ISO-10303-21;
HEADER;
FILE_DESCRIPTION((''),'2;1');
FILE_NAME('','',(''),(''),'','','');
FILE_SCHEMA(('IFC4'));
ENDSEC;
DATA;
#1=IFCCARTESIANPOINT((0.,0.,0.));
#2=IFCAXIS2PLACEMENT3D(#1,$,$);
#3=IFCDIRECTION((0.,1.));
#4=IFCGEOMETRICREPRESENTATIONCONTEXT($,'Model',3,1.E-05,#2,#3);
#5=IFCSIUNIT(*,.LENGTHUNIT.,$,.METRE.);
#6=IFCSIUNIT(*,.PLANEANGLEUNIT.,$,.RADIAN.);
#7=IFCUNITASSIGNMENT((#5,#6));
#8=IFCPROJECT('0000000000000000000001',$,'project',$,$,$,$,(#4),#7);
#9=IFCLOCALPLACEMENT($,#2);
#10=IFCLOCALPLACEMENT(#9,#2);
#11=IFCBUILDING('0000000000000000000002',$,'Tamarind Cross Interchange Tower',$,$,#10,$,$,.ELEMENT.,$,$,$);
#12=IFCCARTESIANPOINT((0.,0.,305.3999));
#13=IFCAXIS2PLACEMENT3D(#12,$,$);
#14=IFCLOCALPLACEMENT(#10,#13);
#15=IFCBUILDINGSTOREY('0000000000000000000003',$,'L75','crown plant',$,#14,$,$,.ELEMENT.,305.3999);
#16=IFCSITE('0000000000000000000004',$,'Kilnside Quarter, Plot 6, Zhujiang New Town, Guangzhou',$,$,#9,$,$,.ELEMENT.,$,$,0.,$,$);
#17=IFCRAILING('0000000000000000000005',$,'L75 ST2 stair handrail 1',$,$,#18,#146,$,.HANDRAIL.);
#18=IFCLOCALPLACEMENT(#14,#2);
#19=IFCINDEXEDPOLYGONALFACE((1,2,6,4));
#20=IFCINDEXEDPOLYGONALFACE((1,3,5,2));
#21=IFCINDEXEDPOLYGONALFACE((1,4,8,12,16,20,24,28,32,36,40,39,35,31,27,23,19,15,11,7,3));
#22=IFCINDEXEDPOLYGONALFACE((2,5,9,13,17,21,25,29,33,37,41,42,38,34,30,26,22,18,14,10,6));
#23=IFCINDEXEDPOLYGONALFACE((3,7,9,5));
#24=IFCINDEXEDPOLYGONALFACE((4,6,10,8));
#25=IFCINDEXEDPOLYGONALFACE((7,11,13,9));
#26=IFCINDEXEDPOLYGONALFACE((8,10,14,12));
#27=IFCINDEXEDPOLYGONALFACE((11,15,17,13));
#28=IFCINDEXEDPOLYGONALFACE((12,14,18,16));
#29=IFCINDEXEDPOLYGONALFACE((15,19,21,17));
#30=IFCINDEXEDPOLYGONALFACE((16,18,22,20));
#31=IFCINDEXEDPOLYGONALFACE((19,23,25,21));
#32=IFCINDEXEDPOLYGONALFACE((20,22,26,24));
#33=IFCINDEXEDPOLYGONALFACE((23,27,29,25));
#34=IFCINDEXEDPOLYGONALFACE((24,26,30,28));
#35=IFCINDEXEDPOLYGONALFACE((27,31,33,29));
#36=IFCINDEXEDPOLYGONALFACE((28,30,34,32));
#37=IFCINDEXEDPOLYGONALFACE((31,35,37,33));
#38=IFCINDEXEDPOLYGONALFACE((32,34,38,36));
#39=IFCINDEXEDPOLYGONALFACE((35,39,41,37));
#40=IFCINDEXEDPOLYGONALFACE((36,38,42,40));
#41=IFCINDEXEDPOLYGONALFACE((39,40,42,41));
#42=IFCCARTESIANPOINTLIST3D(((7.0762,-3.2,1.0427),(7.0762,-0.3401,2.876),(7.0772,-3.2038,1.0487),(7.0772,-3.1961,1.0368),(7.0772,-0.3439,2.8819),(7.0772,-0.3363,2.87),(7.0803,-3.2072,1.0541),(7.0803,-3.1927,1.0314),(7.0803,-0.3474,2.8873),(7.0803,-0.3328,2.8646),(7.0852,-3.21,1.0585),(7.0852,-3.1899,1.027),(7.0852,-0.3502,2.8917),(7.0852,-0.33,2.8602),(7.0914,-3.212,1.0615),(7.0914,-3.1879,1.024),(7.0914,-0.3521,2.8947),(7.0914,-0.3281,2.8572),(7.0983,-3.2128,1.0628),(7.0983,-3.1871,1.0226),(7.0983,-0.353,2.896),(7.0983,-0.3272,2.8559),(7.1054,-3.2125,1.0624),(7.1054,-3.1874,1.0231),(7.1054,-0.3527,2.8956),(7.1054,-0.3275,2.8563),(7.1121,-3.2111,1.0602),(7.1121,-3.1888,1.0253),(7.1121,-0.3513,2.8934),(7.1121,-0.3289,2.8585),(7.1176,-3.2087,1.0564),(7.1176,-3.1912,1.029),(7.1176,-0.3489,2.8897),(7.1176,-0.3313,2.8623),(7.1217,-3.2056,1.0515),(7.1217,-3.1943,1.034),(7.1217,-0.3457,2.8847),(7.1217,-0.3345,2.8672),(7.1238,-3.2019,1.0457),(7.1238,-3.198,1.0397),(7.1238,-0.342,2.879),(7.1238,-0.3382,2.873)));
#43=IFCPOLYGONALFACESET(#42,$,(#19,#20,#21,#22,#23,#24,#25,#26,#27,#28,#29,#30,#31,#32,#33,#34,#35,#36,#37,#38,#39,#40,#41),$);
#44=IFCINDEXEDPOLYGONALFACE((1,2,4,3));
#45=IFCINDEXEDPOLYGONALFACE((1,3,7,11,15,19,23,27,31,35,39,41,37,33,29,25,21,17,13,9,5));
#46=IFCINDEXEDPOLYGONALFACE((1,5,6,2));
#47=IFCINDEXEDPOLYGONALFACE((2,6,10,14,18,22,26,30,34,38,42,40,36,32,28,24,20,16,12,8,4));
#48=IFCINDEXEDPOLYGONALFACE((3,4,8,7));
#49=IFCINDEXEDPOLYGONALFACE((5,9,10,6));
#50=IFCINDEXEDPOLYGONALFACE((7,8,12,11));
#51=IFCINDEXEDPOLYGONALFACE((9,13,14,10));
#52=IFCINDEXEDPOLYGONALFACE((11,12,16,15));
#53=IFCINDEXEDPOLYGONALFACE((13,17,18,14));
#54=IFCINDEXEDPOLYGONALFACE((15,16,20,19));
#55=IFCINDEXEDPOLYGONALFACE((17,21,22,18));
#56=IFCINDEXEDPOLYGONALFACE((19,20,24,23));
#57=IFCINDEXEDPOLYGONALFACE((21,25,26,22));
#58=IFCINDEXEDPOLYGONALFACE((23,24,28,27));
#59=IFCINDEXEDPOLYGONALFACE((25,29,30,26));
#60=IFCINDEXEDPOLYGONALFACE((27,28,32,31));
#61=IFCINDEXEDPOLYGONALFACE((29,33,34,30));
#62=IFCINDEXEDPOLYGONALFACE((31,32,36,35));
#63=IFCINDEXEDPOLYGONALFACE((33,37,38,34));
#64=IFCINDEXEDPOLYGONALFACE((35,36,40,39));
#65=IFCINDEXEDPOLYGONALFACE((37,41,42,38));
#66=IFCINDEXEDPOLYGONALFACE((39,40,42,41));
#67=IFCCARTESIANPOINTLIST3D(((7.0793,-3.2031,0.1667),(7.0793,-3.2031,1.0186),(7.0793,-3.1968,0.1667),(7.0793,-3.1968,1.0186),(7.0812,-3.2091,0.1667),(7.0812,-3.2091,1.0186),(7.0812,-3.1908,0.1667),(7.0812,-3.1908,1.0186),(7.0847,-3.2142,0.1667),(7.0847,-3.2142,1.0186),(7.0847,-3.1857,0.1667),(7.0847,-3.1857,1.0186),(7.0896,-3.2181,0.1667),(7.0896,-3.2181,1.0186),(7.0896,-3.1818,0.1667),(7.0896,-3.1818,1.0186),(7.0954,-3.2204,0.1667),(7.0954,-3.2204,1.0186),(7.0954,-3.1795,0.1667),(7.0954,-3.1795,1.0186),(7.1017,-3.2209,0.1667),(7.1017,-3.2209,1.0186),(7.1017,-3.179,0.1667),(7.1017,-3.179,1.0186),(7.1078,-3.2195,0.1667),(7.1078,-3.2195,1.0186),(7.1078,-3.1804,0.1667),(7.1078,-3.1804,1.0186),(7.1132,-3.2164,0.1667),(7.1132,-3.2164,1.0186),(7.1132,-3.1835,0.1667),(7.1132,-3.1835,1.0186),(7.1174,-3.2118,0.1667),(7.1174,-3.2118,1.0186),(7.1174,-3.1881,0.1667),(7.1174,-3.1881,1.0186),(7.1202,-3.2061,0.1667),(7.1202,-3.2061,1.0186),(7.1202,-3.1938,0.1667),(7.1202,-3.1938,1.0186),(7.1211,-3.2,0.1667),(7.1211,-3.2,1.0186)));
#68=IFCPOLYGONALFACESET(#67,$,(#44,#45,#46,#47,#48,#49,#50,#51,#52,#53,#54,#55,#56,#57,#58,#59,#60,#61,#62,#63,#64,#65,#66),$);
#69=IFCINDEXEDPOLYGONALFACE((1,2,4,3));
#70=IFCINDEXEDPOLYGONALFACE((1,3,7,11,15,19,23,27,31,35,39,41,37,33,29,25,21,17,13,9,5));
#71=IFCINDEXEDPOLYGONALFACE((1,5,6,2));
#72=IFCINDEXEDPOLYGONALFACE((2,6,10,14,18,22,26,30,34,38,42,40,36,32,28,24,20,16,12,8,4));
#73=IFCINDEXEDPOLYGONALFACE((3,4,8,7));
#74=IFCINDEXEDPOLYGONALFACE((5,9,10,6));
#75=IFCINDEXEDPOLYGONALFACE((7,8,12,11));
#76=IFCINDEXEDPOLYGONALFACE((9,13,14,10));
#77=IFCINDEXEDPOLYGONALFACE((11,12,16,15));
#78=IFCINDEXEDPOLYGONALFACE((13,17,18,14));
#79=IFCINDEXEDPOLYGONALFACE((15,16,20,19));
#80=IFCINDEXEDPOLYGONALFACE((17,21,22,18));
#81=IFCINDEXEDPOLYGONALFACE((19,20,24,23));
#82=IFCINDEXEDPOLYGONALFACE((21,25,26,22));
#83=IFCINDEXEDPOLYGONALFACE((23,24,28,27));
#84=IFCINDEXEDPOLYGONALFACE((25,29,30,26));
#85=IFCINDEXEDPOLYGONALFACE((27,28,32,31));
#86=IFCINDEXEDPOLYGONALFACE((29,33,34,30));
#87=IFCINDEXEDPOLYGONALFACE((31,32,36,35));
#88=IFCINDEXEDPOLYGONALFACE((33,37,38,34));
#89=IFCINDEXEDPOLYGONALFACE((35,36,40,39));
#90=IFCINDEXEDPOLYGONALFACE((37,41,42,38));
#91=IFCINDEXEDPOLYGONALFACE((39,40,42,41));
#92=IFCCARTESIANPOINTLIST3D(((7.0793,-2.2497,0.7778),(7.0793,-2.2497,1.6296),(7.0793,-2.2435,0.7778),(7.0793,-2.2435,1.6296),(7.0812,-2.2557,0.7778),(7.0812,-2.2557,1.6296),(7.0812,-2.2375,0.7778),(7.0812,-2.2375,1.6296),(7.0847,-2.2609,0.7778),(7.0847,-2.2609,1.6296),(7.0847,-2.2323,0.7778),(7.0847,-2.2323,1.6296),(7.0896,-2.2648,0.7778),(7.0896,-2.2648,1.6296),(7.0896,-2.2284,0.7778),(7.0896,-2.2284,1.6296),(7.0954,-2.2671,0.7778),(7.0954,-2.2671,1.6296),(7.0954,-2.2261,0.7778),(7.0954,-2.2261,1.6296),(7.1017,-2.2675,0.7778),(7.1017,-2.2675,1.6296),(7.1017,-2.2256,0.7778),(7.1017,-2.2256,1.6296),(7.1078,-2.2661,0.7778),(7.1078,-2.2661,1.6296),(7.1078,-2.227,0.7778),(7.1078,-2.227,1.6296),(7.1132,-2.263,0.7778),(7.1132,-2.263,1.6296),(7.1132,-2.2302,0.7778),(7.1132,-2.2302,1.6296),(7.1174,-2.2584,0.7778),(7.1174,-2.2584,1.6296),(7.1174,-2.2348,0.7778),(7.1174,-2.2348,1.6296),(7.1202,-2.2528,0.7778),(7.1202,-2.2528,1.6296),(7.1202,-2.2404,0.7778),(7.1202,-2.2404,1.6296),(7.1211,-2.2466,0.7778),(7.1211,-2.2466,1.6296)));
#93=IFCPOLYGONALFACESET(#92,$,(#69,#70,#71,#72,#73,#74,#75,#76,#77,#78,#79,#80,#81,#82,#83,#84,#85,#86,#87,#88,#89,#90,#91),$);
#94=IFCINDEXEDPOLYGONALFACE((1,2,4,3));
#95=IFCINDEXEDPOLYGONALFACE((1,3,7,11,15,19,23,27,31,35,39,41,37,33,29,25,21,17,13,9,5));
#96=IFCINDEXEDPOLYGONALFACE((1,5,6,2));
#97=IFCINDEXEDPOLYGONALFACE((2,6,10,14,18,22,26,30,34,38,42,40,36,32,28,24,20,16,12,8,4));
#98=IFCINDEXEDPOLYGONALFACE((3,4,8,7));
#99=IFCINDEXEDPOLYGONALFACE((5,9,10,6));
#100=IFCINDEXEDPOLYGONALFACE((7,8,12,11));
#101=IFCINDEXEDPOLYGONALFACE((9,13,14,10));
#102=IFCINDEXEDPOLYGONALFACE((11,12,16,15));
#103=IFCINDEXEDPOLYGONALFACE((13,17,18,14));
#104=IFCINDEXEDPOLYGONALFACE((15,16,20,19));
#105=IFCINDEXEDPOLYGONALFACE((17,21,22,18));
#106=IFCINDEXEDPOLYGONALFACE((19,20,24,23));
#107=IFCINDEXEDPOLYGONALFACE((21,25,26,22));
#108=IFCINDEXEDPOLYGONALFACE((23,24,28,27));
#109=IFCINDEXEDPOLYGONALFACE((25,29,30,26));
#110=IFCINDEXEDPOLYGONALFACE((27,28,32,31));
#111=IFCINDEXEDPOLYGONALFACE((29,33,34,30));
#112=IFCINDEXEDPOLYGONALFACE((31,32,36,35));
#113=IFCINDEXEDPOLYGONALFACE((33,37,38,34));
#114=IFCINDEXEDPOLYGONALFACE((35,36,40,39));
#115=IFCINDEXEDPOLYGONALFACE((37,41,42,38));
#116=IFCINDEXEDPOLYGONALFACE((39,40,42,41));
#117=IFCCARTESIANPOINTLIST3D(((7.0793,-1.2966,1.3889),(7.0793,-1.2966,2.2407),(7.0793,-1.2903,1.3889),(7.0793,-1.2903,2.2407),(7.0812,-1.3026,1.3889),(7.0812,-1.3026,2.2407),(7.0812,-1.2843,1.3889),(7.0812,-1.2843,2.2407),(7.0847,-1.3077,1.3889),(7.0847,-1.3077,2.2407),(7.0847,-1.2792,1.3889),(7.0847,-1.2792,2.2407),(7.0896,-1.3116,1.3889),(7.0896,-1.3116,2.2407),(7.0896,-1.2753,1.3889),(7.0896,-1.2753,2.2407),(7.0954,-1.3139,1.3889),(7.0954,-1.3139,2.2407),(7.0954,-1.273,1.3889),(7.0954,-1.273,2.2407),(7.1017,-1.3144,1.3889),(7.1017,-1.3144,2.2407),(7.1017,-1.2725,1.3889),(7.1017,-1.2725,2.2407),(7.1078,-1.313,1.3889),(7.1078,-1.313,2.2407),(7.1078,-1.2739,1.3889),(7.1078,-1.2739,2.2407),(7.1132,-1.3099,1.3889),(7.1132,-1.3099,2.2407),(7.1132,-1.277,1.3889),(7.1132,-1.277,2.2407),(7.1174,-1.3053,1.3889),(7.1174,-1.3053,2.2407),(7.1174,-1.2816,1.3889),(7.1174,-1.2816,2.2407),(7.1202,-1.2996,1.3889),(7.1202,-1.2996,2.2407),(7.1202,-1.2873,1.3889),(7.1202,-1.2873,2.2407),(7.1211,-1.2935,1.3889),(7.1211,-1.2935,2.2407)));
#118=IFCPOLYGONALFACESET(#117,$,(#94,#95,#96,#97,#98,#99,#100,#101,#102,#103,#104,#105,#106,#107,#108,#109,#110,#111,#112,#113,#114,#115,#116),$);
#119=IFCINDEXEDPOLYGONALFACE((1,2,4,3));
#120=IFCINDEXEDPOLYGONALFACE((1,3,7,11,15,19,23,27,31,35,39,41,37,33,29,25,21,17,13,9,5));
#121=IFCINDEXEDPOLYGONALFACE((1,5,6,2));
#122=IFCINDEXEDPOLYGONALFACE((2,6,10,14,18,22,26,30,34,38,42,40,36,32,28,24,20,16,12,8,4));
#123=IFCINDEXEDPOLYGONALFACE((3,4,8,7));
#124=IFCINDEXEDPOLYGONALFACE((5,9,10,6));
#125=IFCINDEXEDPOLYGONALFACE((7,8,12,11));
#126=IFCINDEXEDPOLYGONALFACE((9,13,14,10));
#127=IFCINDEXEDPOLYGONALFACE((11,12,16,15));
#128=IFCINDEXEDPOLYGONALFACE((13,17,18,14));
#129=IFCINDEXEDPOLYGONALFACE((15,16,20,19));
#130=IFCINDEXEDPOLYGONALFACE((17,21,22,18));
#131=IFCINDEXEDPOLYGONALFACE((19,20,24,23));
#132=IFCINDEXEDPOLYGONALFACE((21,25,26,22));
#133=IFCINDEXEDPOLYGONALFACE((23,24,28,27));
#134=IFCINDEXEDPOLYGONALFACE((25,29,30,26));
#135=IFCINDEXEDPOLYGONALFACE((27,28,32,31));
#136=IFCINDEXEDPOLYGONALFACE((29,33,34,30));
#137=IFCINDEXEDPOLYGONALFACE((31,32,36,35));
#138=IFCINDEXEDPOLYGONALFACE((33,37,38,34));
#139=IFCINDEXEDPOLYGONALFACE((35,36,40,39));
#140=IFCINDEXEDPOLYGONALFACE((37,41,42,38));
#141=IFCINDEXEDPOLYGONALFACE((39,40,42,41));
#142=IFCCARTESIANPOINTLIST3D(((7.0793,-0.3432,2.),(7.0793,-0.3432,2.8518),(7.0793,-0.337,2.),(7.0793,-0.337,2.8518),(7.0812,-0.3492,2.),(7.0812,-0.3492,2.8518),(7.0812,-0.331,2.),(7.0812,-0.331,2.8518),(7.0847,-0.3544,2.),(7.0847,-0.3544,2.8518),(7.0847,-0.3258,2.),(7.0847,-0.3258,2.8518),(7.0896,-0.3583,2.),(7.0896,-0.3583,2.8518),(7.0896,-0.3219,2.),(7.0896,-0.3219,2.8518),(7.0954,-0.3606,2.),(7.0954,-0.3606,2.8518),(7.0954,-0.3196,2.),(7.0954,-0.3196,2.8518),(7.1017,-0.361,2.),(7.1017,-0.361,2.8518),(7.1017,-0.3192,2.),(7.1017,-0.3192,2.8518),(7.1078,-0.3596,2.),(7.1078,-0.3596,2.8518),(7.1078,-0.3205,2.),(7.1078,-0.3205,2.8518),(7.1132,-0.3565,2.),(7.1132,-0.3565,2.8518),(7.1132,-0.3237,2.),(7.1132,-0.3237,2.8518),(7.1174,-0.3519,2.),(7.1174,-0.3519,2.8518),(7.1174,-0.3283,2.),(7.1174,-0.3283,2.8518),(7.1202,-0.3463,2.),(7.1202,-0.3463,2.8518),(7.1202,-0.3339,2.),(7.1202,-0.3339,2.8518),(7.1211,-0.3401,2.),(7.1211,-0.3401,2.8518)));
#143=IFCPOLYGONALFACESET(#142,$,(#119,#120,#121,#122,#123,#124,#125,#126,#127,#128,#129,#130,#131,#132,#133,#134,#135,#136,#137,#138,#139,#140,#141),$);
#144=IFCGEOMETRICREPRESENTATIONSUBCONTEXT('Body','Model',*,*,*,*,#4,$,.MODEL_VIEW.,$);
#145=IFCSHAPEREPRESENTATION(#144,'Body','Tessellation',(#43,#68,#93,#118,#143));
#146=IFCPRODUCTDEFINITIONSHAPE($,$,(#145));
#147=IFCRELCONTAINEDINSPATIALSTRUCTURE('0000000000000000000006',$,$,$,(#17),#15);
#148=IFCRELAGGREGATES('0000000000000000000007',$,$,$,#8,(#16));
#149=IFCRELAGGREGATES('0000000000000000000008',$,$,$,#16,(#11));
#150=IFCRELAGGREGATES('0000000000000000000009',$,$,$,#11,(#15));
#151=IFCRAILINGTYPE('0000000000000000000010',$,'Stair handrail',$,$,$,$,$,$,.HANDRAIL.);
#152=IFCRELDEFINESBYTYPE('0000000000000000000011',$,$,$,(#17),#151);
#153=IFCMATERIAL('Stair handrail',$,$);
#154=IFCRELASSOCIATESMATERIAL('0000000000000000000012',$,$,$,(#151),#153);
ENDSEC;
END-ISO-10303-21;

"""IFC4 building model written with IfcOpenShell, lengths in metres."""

from ifc_helpers import new_model, si_unit, direction, frame, origin, origin_2d, place, context, subcontext, project, spatial, circle, extrude, material, type_object, element, save


model = new_model("IFC4")

# Units and contexts
model_context = context("Model", 3, precision=1e-05, world=origin(), true_north=direction((0.0, 1.0)))
body_context = subcontext(model_context, "Body", "Model", "MODEL_VIEW")
ifc_project = project(units=[si_unit("LENGTHUNIT", "METRE"), si_unit("PLANEANGLEUNIT", "RADIAN")], contexts=[model_context])

# Site, building, storey
site_placement = place(None, origin())
site = spatial("IfcSite", under=ifc_project, at=site_placement, Name="Kilnside Quarter, Plot 6, Zhujiang New Town, Guangzhou", CompositionType="ELEMENT", RefElevation=0.0)
building_placement = place(site_placement, origin())
building = spatial("IfcBuilding", under=site, at=building_placement, Name="Tamarind Cross Interchange Tower", CompositionType="ELEMENT")
storey_placement = place(building_placement, frame((0.0, 0.0, 305.3999)))
storey = spatial("IfcBuildingStorey", under=building, at=storey_placement, Name="L75", Description="crown plant", CompositionType="ELEMENT", Elevation=305.3999)

# Railing
ifc_material_1 = material(Name="Stair handrail")
railing_type_1 = type_object("IfcRailingType", Name="Stair handrail", PredefinedType="HANDRAIL", material=ifc_material_1)
railing_1_placement = place(storey_placement, frame((7.1001, -3.2, 0.1667)))
element("IfcRailing", 1, at=railing_1_placement, inside=storey, type_object=railing_type_1, Name="L75 ST2 stair handrail 1", PredefinedType="HANDRAIL", context=body_context, shape_type="SweptSolid", body=[
    extrude(circle(Radius=0.0239, at=origin_2d()), frame((0.0, 0.0, 0.876), z_axis=(0.0, 0.841878, 0.539667), x_axis=(-1.0, 0.0, 0.0)), (0.0, 0.0, 1.0), 3.397),
    extrude(circle(Radius=0.021, at=origin_2d()), origin(), (0.0, 0.0, 1.0), 0.8518),
    extrude(circle(Radius=0.021, at=origin_2d()), frame((0.0, 0.9534, 0.6111)), (0.0, 0.0, 1.0), 0.8518),
    extrude(circle(Radius=0.021, at=origin_2d()), frame((0.0, 1.9065, 1.2222)), (0.0, 0.0, 1.0), 0.8518),
    extrude(circle(Radius=0.021, at=origin_2d()), frame((0.0, 2.8599, 1.8333)), (0.0, 0.0, 1.0), 0.8518),
])

save(model, "model.ifc")
